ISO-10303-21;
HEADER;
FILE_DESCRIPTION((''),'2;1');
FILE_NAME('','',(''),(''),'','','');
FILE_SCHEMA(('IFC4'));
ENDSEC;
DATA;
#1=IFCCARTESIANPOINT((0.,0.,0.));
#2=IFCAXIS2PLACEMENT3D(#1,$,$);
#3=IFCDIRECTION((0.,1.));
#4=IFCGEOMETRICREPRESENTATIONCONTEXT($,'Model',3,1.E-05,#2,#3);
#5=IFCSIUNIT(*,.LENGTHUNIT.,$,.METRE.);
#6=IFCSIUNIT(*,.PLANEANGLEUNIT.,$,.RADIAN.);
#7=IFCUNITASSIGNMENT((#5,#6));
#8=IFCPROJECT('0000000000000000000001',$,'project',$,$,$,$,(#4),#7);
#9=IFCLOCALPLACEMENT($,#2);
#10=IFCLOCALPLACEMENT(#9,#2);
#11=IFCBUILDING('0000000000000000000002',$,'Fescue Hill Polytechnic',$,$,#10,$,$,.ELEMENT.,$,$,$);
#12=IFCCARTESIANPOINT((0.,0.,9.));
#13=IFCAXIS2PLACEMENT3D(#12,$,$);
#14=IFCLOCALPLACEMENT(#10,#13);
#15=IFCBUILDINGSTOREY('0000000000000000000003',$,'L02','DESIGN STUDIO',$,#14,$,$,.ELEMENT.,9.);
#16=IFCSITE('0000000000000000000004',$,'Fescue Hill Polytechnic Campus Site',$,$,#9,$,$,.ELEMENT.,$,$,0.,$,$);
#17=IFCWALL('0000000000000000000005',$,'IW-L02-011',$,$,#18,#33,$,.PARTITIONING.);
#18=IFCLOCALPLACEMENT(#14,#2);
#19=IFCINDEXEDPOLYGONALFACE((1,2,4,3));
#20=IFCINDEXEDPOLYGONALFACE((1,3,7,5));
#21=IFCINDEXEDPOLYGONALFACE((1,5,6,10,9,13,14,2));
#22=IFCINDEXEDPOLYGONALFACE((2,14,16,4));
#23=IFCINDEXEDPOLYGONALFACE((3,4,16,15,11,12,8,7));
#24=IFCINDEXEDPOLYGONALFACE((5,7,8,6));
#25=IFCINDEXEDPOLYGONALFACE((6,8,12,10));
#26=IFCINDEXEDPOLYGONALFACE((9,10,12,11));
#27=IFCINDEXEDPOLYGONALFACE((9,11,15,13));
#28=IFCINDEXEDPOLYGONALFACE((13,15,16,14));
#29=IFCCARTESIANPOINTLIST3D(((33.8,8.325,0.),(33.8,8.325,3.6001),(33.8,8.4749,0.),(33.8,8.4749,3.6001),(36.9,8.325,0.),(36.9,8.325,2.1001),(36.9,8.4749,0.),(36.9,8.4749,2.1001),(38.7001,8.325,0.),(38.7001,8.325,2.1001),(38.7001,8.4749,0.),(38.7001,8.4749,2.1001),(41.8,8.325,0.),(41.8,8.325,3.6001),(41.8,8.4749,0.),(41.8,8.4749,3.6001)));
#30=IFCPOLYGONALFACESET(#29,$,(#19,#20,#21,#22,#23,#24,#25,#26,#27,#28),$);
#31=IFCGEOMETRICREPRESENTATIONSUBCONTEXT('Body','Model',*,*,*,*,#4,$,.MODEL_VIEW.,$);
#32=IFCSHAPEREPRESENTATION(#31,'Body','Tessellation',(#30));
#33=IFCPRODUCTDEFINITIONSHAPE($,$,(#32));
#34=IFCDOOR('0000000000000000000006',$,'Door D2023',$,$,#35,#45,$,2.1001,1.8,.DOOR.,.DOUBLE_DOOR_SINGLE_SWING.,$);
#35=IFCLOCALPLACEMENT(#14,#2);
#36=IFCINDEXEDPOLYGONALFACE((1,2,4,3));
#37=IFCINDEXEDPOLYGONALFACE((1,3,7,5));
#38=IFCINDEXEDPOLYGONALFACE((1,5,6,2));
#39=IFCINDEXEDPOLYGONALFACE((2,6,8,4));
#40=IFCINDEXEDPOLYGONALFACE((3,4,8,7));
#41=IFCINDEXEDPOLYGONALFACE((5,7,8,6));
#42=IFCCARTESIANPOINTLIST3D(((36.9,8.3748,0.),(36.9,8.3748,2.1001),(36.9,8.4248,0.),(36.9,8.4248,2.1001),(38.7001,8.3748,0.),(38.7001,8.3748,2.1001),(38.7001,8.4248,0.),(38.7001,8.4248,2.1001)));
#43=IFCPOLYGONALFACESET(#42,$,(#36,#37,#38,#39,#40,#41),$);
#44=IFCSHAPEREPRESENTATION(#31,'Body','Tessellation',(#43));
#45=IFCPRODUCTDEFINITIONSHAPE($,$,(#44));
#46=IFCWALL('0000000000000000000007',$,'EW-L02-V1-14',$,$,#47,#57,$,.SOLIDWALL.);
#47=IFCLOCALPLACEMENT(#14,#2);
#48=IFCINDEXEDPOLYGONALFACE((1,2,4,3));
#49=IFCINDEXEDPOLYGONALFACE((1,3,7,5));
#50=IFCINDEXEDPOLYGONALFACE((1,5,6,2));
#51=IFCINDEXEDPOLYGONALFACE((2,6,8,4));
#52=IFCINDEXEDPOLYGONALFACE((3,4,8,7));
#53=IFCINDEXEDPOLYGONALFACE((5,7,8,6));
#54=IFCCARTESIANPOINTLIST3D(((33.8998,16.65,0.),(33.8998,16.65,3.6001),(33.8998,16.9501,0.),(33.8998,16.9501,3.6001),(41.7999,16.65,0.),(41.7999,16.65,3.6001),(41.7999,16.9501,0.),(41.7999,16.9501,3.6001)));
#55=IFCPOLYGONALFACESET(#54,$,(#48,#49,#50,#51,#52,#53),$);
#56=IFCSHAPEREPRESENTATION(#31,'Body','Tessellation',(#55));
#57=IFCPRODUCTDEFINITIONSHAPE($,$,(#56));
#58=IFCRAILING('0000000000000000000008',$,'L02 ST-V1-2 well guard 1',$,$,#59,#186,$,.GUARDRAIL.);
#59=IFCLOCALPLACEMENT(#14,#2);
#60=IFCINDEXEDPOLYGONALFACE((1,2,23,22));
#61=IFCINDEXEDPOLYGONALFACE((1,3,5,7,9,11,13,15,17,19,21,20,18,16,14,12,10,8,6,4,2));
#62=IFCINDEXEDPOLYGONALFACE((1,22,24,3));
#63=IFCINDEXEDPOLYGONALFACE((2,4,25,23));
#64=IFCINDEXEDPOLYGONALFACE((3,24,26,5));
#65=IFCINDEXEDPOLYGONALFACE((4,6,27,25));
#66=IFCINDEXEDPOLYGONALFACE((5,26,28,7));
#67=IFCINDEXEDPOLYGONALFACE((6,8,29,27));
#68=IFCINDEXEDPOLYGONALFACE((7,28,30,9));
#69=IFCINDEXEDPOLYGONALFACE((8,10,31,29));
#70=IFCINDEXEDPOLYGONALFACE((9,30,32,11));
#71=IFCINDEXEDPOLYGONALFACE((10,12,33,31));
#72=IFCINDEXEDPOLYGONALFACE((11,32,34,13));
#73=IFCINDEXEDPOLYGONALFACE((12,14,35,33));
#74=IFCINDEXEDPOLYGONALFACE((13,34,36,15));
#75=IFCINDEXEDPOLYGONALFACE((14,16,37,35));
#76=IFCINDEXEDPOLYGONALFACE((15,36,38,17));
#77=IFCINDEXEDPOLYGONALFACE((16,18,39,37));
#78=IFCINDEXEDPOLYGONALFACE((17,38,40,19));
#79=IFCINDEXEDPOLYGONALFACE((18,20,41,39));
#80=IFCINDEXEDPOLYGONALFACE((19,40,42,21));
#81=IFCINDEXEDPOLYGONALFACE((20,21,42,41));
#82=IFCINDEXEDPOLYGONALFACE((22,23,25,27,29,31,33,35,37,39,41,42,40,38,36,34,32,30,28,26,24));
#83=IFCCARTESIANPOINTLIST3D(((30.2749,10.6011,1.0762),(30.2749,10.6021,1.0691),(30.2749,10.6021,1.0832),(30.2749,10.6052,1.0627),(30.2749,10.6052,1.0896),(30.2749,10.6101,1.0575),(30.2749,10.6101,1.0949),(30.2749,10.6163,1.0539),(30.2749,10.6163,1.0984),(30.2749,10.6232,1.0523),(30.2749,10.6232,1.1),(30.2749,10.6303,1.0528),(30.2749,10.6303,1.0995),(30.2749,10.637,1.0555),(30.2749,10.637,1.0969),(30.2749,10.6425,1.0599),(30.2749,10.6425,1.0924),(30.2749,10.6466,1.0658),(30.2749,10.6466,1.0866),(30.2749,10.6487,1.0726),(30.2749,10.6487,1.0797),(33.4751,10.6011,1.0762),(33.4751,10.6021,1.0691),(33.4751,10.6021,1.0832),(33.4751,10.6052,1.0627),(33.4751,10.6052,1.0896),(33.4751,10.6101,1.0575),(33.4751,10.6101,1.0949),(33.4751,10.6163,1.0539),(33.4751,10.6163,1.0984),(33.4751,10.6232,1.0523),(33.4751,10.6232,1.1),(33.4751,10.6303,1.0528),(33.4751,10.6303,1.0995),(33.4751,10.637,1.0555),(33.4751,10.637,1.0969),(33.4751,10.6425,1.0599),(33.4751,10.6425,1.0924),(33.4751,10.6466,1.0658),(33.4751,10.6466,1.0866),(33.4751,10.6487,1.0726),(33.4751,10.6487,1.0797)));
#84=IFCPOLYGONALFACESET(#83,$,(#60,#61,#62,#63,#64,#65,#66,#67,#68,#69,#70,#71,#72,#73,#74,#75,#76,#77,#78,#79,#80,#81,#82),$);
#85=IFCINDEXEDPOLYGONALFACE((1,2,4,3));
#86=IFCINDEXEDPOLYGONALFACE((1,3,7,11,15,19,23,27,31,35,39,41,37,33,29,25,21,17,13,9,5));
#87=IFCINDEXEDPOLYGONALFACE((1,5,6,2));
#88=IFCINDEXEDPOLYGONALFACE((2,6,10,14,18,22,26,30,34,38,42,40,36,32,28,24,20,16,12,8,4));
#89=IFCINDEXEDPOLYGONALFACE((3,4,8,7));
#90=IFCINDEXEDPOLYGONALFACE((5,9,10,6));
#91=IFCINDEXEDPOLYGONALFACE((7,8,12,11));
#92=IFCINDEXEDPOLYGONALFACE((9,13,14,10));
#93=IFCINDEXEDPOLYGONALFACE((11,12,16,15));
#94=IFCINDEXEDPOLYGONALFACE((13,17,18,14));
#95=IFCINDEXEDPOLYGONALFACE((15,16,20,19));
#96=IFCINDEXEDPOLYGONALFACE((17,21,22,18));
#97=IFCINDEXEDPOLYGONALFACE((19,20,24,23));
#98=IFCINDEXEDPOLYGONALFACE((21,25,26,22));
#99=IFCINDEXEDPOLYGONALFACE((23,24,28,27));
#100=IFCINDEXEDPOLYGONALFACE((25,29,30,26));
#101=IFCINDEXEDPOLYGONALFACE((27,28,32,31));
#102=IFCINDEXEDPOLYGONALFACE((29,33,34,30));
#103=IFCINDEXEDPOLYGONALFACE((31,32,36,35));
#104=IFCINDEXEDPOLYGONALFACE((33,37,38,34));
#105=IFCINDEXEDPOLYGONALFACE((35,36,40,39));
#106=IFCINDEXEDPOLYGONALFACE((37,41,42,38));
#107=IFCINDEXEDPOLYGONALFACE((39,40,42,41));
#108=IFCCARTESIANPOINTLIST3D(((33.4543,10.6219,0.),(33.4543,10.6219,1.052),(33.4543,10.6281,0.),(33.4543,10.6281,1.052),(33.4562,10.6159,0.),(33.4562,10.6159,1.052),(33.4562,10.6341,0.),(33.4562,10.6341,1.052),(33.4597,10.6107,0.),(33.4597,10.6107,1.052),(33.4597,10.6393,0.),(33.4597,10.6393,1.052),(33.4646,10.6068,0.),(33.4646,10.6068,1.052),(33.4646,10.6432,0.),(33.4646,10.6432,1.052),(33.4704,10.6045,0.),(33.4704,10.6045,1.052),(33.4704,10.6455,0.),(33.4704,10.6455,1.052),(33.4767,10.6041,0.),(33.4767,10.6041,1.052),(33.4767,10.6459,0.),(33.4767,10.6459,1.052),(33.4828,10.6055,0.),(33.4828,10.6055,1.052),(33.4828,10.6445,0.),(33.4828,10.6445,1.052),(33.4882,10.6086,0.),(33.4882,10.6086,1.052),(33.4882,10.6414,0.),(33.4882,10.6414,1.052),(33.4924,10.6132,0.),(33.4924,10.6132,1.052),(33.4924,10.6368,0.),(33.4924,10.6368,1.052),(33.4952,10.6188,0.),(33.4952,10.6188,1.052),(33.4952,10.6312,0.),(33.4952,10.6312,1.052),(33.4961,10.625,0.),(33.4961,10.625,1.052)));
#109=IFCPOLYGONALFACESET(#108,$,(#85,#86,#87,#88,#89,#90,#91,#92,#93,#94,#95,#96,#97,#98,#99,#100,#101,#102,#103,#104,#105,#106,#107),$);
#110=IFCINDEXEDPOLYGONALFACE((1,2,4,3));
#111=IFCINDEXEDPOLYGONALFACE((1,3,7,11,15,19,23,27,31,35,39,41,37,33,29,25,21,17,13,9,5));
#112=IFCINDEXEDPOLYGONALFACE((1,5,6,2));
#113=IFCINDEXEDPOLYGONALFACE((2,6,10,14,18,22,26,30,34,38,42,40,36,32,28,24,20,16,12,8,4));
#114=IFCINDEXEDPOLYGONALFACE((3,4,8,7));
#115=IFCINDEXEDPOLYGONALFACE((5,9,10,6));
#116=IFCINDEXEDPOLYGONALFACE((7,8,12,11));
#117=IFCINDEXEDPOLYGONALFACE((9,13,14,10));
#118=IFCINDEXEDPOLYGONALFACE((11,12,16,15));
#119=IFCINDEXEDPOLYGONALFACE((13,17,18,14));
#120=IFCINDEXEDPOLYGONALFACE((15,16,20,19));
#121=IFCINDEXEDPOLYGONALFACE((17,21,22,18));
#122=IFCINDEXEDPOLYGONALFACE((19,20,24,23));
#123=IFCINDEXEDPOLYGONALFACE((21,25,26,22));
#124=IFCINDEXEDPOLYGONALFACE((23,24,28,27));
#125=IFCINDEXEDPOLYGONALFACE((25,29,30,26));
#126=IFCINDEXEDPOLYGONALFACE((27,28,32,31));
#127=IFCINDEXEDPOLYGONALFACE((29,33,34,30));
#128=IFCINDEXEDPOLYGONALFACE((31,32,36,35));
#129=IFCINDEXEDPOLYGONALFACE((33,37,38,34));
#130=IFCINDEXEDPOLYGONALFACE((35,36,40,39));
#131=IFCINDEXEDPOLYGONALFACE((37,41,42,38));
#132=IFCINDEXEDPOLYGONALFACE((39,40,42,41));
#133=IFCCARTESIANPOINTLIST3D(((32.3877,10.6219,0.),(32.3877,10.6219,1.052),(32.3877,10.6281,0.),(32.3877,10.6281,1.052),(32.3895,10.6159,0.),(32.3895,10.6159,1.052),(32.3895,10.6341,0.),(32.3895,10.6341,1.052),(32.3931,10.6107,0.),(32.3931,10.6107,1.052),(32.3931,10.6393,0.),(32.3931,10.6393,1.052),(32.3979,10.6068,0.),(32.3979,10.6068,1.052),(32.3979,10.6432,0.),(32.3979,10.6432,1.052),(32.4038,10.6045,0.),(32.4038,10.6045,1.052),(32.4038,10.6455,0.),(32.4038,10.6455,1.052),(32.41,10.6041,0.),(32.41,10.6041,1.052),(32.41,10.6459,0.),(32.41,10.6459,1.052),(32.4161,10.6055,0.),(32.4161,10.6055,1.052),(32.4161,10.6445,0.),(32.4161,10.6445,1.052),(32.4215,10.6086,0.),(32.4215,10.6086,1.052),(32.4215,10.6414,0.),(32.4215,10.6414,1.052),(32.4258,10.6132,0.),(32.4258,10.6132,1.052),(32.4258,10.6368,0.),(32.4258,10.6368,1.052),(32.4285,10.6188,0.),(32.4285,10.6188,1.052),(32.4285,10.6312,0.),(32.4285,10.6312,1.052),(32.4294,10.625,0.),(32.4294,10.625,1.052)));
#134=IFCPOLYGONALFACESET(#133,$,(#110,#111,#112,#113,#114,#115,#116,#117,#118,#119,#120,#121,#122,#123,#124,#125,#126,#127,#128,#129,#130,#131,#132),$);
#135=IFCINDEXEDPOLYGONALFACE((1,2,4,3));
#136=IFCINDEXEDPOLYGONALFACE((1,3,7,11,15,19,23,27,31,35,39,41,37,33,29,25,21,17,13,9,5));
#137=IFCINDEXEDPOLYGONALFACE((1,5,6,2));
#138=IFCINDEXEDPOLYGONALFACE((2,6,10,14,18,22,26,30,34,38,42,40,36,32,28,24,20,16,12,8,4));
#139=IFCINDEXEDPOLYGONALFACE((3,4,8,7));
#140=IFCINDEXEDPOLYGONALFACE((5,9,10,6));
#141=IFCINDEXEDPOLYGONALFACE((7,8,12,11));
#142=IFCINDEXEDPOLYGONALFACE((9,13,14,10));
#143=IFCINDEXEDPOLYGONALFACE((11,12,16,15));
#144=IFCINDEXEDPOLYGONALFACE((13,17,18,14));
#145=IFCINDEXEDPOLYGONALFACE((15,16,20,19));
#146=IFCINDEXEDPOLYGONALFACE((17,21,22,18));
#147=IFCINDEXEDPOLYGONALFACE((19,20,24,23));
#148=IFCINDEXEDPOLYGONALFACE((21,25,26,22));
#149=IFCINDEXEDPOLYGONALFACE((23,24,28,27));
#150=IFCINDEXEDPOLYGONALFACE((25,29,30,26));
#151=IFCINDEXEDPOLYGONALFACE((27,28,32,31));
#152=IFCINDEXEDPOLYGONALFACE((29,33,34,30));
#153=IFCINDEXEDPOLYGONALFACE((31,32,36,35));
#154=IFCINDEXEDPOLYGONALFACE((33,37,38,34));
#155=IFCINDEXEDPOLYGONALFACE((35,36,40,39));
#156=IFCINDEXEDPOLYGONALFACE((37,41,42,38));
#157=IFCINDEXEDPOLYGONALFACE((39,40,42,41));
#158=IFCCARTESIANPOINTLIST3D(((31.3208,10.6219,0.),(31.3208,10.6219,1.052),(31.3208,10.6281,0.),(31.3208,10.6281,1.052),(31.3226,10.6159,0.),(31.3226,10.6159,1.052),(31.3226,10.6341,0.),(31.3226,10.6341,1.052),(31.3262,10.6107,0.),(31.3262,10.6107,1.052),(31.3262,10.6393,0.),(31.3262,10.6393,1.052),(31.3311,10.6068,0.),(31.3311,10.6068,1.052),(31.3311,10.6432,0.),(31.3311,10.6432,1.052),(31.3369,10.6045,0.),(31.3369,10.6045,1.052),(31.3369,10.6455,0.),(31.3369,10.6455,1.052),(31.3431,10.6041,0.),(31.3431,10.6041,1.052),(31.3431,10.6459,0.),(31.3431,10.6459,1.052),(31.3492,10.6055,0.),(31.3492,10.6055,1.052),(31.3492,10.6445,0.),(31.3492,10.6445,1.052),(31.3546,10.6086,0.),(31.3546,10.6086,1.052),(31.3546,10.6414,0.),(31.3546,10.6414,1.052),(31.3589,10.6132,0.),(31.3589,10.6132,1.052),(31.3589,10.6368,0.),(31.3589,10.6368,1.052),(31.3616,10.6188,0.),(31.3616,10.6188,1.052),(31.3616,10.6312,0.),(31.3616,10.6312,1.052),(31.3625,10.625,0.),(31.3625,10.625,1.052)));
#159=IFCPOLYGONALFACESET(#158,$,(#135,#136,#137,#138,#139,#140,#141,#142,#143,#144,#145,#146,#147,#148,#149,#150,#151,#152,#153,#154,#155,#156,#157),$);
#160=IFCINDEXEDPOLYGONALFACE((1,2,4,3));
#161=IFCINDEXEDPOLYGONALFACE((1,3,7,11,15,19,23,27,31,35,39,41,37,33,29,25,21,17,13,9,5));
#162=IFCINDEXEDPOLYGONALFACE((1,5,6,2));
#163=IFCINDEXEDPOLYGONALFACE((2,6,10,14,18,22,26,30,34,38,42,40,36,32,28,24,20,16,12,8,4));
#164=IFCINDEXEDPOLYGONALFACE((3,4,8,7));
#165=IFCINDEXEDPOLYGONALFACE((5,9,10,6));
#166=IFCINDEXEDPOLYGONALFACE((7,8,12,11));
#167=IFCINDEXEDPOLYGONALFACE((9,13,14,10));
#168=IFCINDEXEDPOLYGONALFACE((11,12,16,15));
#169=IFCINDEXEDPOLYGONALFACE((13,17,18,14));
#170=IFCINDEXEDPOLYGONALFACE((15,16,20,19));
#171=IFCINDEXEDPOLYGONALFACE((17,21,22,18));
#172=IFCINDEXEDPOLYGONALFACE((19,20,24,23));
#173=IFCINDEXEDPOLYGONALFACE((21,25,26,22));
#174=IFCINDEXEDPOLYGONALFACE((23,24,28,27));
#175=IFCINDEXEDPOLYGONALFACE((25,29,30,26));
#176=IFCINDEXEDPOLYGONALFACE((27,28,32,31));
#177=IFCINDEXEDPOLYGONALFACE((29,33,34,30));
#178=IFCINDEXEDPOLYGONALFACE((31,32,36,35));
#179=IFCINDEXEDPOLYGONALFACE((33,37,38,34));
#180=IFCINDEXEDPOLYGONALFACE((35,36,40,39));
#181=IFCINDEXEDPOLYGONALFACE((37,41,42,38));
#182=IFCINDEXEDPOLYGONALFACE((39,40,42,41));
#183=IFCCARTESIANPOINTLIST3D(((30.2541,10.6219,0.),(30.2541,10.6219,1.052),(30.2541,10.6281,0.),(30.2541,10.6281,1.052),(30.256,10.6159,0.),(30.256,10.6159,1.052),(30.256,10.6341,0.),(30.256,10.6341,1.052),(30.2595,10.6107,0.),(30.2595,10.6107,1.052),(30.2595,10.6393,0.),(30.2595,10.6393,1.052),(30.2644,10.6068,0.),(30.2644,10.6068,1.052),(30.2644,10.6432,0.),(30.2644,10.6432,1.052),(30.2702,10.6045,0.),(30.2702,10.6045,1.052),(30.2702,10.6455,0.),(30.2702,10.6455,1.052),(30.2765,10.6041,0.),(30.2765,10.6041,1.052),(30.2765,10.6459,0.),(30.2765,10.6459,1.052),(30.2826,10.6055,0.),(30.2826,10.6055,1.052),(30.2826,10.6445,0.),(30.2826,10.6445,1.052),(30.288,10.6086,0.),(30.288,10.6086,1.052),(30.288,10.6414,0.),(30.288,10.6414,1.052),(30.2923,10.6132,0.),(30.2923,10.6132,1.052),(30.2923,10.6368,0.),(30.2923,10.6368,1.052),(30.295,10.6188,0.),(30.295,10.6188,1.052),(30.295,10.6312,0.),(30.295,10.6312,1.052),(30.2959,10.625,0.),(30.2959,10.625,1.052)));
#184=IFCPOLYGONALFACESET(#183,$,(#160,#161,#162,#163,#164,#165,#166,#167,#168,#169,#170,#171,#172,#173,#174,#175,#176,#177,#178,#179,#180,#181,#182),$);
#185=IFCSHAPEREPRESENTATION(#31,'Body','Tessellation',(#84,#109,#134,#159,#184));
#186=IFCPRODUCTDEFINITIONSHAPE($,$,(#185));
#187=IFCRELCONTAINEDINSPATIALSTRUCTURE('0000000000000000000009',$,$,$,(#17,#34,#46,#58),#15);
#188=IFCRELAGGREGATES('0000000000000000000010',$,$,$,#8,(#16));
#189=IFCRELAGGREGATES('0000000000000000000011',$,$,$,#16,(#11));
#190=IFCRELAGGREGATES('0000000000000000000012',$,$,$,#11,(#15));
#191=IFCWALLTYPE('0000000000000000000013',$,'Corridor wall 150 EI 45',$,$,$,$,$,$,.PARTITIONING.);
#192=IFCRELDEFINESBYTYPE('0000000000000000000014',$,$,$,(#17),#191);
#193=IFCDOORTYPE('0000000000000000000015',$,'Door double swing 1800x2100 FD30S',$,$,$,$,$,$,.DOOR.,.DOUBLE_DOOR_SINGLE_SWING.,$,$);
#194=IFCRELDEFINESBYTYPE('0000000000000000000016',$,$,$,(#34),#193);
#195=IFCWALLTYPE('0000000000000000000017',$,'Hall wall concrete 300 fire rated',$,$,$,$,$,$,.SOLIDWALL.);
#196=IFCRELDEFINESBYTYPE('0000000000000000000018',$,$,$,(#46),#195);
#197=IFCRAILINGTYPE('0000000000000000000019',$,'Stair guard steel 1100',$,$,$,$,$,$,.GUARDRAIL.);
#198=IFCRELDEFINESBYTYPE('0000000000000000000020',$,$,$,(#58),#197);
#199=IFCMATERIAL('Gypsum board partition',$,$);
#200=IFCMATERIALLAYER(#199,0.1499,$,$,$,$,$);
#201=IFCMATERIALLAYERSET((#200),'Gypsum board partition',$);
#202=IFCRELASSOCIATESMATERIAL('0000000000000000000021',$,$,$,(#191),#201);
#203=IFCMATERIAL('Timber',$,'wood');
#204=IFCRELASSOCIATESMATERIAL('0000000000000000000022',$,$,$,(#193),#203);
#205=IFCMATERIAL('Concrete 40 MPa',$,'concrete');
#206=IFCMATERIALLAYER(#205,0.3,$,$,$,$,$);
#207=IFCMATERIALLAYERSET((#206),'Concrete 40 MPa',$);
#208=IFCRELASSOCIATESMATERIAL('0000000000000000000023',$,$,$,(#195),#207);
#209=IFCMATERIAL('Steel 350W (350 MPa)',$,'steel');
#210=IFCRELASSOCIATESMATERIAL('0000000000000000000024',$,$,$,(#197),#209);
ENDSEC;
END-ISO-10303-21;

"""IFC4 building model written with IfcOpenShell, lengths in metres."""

from ifc_helpers import new_model, si_unit, direction, frame, frame_2d, origin, origin_2d, place, context, subcontext, project, spatial, rectangle, circle, extrude, material, layer, layer_set, type_object, element, fill, save


model = new_model("IFC4")

# Units and contexts
model_context = context("Model", 3, precision=1e-05, world=origin(), true_north=direction((0.0, 1.0)))
body_context = subcontext(model_context, "Body", "Model", "MODEL_VIEW")
ifc_project = project(units=[si_unit("LENGTHUNIT", "METRE"), si_unit("PLANEANGLEUNIT", "RADIAN")], contexts=[model_context])

# Site, building, storey
site_placement = place(None, origin())
site = spatial("IfcSite", under=ifc_project, at=site_placement, Name="Fescue Hill Polytechnic Campus Site", CompositionType="ELEMENT", RefElevation=0.0)
building_placement = place(site_placement, origin())
building = spatial("IfcBuilding", under=site, at=building_placement, Name="Fescue Hill Polytechnic", CompositionType="ELEMENT")
storey_placement = place(building_placement, frame((0.0, 0.0, 9.0)))
storey = spatial("IfcBuildingStorey", under=building, at=storey_placement, Name="L02", Description="DESIGN STUDIO", CompositionType="ELEMENT", Elevation=9.0)

# Shared definitions
ifc_material_1 = material(Name="Concrete 40 MPa", Category="concrete")

# Shared definitions
ifc_material_2 = material(Name="Steel 350W (350 MPa)", Category="steel")

# Wall, opening, door
ifc_material_3 = material(Name="Gypsum board partition")
ifc_layer_1 = layer(ifc_material_3, 0.1499)
ifc_layer_set_1 = layer_set([ifc_layer_1], Name="Gypsum board partition")
wall_type_1 = type_object("IfcWallType", Name="Corridor wall 150 EI 45", PredefinedType="PARTITIONING", material=ifc_layer_set_1)
wall_1_placement = place(storey_placement, frame((33.8, 8.3999, 0.0), z_axis=(0.0, 0.0, 1.0), x_axis=(1.0, 0.0, 0.0)))
wall_1 = element("IfcWall", 1, at=wall_1_placement, inside=storey, type_object=wall_type_1, Name="IW-L02-011", PredefinedType="PARTITIONING", context=body_context, shape_type="SweptSolid", body=[
    extrude(rectangle(XDim=8.0, YDim=0.1499, at=frame_2d((4.0, 0.0))), origin(), (0.0, 0.0, 1.0), 3.6001),
])
opening_placement = place(wall_1_placement, frame((3.1001, 0.0, 0.0)))
opening = element("IfcOpeningElement", 2, at=opening_placement, cuts=wall_1, PredefinedType="OPENING", context=body_context, shape_type="SweptSolid", body=[
    extrude(rectangle(XDim=1.8, YDim=2.1001, at=frame_2d((0.8999, 1.05))), frame((0.0, 0.085, 0.0), z_axis=(0.0, -1.0, 0.0), x_axis=(1.0, 0.0, 0.0)), (0.0, 0.0, 1.0), 0.1699),
])
ifc_material_4 = material(Name="Timber", Category="wood")
door_type = type_object("IfcDoorType", Name="Door double swing 1800x2100 FD30S", OperationType="DOUBLE_DOOR_SINGLE_SWING", PredefinedType="DOOR", material=ifc_material_4)
door_placement = place(opening_placement, origin())
door = element("IfcDoor", 3, at=door_placement, inside=storey, type_object=door_type, Name="Door D2023", OperationType="DOUBLE_DOOR_SINGLE_SWING", OverallHeight=2.1001, OverallWidth=1.8, PredefinedType="DOOR", context=body_context, shape_type="SweptSolid", body=[
    extrude(rectangle(XDim=1.8, YDim=2.1001, at=frame_2d((0.8999, 1.05))), frame((0.0, 0.0249, 0.0), z_axis=(0.0, -1.0, 0.0), x_axis=(1.0, 0.0, 0.0)), (0.0, 0.0, 1.0), 0.05),
])
fill(opening, door)

# Wall
ifc_layer_2 = layer(ifc_material_1, 0.3)
ifc_layer_set_2 = layer_set([ifc_layer_2], Name="Concrete 40 MPa")
wall_type_2 = type_object("IfcWallType", Name="Hall wall concrete 300 fire rated", PredefinedType="SOLIDWALL", material=ifc_layer_set_2)
wall_2_placement = place(storey_placement, frame((41.8, 16.8, 0.0), z_axis=(0.0, 0.0, 1.0), x_axis=(-1.0, 0.0, 0.0)))
element("IfcWall", 4, at=wall_2_placement, inside=storey, type_object=wall_type_2, Name="EW-L02-V1-14", PredefinedType="SOLIDWALL", context=body_context, shape_type="SweptSolid", body=[
    extrude(rectangle(XDim=7.9001, YDim=0.3, at=frame_2d((3.9502, 0.0))), origin(), (0.0, 0.0, 1.0), 3.6001),
])

# Railing
railing_type = type_object("IfcRailingType", Name="Stair guard steel 1100", PredefinedType="GUARDRAIL", material=ifc_material_2)
railing_placement = place(storey_placement, frame((33.4751, 10.625, 0.0)))
element("IfcRailing", 5, at=railing_placement, inside=storey, type_object=railing_type, Name="L02 ST-V1-2 well guard 1", PredefinedType="GUARDRAIL", context=body_context, shape_type="SweptSolid", body=[
    extrude(circle(Radius=0.0239, at=origin_2d()), frame((0.0, 0.0, 1.0762), z_axis=(-1.0, 0.0, 0.0), x_axis=(0.0, -1.0, 0.0)), (0.0, 0.0, 1.0), 3.2002),
    extrude(circle(Radius=0.021, at=origin_2d()), origin(), (0.0, 0.0, 1.0), 1.052),
    extrude(circle(Radius=0.021, at=origin_2d()), frame((-1.0667, 0.0, 0.0)), (0.0, 0.0, 1.0), 1.052),
    extrude(circle(Radius=0.021, at=origin_2d()), frame((-2.1335, 0.0, 0.0)), (0.0, 0.0, 1.0), 1.052),
    extrude(circle(Radius=0.021, at=origin_2d()), frame((-3.2002, 0.0, 0.0)), (0.0, 0.0, 1.0), 1.052),
])

save(model, "model.ifc")
